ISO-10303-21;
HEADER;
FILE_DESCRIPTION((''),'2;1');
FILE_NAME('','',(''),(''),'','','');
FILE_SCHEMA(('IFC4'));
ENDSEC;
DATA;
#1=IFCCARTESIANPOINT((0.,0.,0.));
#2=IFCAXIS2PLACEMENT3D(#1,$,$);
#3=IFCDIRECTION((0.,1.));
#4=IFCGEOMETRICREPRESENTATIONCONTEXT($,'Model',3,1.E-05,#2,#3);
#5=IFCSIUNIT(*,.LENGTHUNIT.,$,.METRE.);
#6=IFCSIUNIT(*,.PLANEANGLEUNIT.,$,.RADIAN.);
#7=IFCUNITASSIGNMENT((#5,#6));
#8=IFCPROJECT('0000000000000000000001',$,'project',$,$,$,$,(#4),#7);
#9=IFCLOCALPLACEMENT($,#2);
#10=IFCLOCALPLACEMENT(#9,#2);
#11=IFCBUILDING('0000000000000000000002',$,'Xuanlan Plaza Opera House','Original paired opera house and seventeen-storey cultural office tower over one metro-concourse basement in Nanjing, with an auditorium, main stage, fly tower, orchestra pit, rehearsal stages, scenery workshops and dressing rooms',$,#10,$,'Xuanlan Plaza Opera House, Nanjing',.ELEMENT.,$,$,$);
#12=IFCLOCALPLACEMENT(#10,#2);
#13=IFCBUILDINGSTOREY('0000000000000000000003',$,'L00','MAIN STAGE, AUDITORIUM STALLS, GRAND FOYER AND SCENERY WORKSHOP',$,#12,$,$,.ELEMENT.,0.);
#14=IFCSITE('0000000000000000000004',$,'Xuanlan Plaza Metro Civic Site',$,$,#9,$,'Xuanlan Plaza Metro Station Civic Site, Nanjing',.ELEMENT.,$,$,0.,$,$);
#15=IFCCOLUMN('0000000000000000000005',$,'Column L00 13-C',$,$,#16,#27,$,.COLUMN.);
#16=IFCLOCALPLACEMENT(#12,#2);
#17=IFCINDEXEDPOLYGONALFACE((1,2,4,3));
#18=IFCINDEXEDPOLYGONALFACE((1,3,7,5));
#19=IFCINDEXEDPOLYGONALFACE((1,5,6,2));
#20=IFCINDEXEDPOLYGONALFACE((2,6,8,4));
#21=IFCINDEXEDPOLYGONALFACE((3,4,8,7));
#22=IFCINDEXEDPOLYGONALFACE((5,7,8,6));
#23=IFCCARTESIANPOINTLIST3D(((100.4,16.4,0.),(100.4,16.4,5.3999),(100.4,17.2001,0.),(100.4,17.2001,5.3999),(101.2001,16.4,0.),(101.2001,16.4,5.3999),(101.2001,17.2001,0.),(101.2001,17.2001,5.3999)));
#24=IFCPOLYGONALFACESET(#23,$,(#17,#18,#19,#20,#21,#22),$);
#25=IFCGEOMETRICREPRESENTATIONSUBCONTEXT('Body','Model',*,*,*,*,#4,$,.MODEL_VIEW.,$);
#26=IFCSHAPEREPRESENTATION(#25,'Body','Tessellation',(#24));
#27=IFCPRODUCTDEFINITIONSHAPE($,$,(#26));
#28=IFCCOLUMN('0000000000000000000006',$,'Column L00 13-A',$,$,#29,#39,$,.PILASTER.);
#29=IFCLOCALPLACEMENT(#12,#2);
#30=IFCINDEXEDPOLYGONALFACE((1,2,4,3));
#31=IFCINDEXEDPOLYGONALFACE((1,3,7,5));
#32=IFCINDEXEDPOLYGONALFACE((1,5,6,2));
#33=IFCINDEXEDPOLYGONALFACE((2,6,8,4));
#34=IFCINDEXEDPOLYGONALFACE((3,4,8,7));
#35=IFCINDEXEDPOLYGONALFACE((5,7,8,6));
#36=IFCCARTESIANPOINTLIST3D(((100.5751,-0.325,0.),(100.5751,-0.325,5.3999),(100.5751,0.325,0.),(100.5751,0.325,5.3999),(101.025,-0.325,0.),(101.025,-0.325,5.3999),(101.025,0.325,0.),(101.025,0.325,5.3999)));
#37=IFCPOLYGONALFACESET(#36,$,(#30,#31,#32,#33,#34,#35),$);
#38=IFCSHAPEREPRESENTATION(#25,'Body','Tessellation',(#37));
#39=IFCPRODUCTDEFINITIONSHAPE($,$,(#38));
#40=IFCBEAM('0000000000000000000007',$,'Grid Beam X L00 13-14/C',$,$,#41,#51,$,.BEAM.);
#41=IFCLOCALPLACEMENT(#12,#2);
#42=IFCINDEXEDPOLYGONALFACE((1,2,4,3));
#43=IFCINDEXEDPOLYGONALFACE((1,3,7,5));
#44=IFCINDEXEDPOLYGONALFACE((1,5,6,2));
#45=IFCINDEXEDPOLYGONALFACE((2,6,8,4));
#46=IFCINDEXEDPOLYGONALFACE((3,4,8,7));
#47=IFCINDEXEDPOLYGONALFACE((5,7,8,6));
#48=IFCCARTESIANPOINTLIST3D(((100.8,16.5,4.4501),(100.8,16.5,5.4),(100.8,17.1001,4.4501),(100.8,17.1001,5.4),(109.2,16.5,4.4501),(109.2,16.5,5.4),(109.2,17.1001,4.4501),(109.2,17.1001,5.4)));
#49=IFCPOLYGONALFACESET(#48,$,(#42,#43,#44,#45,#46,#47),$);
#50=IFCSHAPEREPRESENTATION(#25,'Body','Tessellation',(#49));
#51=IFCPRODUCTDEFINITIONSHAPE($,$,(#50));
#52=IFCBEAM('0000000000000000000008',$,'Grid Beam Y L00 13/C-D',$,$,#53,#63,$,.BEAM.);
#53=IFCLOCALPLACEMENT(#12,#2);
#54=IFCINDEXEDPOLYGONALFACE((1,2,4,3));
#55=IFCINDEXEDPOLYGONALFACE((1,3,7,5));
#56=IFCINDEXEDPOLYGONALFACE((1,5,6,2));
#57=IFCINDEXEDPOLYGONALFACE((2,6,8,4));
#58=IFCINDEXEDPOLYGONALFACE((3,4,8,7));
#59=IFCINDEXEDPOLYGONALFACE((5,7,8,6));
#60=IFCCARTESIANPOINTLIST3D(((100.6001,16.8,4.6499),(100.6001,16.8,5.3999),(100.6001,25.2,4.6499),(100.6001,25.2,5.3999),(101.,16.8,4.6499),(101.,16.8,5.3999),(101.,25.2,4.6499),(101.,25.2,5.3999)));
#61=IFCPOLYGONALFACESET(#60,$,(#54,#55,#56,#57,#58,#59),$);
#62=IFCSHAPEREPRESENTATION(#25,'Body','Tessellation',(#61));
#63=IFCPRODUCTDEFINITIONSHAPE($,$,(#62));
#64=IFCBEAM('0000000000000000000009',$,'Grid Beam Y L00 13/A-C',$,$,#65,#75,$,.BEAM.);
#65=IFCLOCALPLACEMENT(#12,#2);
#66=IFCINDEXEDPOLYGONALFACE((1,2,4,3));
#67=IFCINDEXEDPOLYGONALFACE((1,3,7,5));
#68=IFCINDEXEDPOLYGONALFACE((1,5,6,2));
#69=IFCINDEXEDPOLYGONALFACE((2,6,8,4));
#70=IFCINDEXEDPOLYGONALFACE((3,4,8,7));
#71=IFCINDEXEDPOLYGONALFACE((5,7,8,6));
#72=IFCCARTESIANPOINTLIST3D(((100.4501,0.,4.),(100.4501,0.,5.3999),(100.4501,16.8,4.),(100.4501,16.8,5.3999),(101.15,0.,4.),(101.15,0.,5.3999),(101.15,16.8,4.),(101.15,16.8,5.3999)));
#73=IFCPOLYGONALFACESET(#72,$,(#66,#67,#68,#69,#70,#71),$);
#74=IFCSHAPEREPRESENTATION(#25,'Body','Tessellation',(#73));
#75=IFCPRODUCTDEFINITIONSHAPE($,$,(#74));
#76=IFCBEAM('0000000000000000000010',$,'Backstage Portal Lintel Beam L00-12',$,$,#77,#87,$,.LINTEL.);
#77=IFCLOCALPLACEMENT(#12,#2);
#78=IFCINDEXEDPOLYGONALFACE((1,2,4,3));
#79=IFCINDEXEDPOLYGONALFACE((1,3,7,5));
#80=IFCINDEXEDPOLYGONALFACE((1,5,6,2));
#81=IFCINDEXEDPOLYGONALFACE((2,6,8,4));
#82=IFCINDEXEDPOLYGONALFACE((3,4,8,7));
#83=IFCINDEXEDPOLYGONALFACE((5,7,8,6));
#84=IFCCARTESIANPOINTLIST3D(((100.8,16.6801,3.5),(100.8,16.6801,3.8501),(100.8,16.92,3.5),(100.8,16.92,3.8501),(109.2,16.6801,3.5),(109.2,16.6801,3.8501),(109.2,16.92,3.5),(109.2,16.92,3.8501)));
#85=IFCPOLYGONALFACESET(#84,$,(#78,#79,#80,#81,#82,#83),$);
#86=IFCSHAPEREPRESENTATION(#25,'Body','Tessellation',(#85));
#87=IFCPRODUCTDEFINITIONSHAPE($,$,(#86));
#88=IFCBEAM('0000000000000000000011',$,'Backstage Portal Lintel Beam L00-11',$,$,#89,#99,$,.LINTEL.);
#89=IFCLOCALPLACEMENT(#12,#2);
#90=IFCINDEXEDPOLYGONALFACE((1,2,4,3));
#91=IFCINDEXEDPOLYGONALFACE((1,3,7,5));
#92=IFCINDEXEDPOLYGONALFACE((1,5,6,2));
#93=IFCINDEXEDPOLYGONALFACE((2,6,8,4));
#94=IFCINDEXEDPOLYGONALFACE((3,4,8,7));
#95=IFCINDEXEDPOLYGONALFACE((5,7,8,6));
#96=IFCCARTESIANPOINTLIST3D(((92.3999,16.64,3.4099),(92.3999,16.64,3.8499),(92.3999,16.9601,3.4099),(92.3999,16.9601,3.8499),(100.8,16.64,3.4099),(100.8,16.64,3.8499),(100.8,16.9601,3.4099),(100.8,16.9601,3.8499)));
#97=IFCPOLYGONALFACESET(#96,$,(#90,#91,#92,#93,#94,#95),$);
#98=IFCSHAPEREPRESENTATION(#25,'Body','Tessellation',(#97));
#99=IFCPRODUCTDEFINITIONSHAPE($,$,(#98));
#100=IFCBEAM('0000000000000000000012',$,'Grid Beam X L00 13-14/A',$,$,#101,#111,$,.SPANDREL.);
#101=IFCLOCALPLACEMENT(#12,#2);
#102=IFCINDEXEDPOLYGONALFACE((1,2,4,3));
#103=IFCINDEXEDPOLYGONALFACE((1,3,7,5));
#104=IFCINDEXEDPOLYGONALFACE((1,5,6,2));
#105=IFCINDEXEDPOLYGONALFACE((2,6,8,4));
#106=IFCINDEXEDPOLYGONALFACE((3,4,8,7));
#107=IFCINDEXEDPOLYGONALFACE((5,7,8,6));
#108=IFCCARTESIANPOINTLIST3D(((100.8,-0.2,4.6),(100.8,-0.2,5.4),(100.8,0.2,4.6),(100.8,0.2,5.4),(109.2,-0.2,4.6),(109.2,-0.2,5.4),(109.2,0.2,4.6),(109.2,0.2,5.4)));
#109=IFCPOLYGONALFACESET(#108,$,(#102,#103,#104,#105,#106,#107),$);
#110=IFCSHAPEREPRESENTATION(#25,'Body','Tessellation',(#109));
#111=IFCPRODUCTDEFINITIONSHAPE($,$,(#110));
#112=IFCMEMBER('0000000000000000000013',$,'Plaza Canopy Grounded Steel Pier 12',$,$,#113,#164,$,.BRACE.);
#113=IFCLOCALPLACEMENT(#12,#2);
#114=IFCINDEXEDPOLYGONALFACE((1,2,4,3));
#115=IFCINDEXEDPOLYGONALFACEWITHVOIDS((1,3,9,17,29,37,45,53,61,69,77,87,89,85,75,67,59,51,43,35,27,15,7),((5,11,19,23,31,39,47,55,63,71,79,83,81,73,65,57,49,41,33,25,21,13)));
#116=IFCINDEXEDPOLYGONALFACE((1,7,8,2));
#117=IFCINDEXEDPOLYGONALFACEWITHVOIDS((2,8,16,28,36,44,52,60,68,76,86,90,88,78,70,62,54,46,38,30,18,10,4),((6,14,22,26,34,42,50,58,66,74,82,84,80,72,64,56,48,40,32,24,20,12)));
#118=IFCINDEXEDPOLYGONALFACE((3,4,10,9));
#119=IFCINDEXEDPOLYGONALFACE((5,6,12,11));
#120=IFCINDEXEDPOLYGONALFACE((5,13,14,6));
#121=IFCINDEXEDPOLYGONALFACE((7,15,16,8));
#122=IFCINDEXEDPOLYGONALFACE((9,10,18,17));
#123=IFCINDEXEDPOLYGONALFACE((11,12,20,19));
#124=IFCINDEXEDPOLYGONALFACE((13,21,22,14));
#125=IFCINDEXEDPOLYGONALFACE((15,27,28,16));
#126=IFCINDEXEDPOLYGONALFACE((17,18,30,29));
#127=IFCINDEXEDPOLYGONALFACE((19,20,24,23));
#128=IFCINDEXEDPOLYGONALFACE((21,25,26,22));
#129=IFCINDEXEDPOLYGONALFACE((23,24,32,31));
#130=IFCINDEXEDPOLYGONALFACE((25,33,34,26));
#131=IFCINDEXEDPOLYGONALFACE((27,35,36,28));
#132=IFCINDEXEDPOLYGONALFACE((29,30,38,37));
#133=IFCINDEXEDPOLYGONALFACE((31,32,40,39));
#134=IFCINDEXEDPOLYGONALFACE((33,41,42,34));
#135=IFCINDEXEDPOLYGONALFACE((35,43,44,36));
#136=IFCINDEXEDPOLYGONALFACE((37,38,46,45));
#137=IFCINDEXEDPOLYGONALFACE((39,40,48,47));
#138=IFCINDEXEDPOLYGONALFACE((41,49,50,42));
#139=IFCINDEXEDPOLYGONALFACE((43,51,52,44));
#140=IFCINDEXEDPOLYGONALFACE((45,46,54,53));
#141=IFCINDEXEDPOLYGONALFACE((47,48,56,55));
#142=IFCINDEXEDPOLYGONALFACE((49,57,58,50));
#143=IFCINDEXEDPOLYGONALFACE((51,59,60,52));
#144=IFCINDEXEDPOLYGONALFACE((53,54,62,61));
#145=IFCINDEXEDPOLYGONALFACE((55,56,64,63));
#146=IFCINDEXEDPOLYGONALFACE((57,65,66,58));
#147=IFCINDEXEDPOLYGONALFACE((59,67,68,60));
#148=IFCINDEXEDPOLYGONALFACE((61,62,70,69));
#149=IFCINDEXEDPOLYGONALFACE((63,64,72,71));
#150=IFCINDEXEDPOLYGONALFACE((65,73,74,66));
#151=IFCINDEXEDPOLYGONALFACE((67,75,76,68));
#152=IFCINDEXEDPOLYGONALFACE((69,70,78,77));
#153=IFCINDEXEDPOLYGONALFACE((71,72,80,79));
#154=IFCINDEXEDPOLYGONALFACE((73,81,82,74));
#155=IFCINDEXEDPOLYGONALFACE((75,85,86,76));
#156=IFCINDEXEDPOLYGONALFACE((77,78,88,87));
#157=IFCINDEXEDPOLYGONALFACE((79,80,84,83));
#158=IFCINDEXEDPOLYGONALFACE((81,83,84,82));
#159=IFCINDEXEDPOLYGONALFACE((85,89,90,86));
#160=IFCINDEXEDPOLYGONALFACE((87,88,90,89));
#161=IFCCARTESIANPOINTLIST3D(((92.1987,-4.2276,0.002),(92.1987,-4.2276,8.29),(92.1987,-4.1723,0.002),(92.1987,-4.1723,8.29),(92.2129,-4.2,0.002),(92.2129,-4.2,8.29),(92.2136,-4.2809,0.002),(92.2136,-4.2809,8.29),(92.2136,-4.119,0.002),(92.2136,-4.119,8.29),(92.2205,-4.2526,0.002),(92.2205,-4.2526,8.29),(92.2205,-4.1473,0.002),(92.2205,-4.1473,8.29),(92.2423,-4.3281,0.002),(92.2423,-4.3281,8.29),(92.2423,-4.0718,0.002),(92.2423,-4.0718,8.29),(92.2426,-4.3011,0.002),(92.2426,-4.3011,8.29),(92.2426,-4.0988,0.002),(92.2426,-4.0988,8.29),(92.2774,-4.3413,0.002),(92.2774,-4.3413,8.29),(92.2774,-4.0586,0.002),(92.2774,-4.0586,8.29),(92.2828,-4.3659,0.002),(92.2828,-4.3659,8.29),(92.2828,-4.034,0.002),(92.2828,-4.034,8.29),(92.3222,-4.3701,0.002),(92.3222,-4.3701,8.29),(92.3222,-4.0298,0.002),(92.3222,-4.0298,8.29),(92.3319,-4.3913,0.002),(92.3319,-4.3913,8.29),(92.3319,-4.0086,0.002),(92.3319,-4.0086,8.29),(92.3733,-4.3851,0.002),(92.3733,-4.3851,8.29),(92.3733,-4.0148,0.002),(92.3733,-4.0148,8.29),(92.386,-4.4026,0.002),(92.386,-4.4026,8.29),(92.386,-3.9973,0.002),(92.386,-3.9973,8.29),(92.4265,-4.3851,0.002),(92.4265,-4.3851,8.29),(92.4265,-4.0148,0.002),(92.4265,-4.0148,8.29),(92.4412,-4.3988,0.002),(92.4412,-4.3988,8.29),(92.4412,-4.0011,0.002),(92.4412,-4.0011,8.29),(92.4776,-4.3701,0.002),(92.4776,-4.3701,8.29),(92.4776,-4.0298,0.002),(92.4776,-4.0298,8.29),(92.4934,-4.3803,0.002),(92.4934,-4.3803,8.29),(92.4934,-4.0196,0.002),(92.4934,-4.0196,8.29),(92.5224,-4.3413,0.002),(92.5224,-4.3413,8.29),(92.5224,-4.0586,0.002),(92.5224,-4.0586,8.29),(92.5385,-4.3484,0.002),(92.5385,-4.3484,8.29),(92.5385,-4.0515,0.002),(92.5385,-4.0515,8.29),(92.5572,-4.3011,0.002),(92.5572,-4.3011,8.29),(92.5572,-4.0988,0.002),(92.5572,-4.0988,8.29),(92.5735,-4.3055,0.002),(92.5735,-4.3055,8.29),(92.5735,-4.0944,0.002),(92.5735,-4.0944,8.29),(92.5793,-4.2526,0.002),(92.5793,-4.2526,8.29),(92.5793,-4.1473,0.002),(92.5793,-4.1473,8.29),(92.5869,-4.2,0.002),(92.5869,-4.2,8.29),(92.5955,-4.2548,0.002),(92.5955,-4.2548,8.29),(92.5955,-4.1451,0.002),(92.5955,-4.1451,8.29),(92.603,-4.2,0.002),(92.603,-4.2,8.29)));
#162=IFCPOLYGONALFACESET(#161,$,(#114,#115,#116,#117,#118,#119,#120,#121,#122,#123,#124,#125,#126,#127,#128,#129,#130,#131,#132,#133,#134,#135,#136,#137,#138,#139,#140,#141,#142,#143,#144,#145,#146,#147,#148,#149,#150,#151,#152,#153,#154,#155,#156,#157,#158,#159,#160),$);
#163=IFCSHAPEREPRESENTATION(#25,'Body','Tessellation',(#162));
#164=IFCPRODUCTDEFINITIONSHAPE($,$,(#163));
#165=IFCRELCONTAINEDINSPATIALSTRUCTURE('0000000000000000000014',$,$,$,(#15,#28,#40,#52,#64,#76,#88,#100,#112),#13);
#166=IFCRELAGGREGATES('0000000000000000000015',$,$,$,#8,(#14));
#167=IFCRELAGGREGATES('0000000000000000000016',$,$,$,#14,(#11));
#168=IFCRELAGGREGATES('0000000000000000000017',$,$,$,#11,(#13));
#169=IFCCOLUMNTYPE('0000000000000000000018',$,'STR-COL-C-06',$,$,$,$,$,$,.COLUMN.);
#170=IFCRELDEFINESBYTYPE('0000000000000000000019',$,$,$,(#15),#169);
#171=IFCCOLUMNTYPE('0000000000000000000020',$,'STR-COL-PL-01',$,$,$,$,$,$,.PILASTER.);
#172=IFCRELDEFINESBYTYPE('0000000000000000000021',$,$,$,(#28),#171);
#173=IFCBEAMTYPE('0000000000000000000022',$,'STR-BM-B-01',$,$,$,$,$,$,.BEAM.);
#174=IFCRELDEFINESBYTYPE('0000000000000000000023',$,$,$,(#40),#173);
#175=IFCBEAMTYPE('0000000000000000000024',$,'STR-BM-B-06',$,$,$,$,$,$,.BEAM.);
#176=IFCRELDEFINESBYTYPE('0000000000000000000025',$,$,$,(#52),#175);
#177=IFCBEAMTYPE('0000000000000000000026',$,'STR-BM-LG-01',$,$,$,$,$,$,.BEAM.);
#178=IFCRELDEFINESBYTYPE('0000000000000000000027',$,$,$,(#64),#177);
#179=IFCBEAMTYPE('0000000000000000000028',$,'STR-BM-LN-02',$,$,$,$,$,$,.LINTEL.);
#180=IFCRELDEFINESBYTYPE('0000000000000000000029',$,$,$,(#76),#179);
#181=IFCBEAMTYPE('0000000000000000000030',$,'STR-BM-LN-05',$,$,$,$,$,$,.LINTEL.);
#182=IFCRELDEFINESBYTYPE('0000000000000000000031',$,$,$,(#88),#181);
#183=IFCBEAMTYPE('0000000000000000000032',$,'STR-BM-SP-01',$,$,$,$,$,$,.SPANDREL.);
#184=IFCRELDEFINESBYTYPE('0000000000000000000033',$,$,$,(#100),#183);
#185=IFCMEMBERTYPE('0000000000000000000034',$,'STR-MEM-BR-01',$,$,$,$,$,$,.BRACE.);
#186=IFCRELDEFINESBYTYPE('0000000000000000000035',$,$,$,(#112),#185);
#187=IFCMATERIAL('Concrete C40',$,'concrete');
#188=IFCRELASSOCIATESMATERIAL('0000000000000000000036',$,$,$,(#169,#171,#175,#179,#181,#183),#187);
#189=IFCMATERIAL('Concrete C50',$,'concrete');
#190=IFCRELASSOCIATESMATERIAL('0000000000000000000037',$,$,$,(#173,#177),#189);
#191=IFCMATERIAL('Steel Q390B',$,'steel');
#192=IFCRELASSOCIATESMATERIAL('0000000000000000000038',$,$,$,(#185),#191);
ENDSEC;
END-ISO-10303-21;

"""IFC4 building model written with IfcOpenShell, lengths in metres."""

from ifc_helpers import new_model, si_unit, direction, frame, origin, origin_2d, place, context, subcontext, project, spatial, rectangle, hollow_circle, extrude, material, material_profile, profile_set, type_object, element, save


model = new_model("IFC4")

# Units and contexts
model_context = context("Model", 3, precision=1e-05, world=origin(), true_north=direction((0.0, 1.0)))
body_context = subcontext(model_context, "Body", "Model", "MODEL_VIEW")
ifc_project = project(units=[si_unit("LENGTHUNIT", "METRE"), si_unit("PLANEANGLEUNIT", "RADIAN")], contexts=[model_context])

# Site, building, storey
site_placement = place(None, origin())
site = spatial("IfcSite", under=ifc_project, at=site_placement, Name="Xuanlan Plaza Metro Civic Site", LongName="Xuanlan Plaza Metro Station Civic Site, Nanjing", CompositionType="ELEMENT", RefElevation=0.0)
building_placement = place(site_placement, origin())
building = spatial("IfcBuilding", under=site, at=building_placement, Name="Xuanlan Plaza Opera House", Description="Original paired opera house and seventeen-storey cultural office tower over one metro-concourse basement in Nanjing, with an auditorium, main stage, fly tower, orchestra pit, rehearsal stages, scenery workshops and dressing rooms", LongName="Xuanlan Plaza Opera House, Nanjing", CompositionType="ELEMENT")
storey_placement = place(building_placement, origin())
storey = spatial("IfcBuildingStorey", under=building, at=storey_placement, Name="L00", Description="MAIN STAGE, AUDITORIUM STALLS, GRAND FOYER AND SCENERY WORKSHOP", CompositionType="ELEMENT", Elevation=0.0)

# Columns
ifc_material_1 = material(Name="Concrete C40", Category="concrete")
ifc_material_profile_1 = material_profile(ifc_material_1, rectangle(XDim=0.8, YDim=0.8, at=origin_2d()), Name="RC-COL 800x800")
ifc_profile_set_1 = profile_set([ifc_material_profile_1], Name="Concrete C40")
column_type_1 = type_object("IfcColumnType", Name="STR-COL-C-06", PredefinedType="COLUMN", material=ifc_profile_set_1)
column_1_placement = place(storey_placement, frame((100.8, 16.8, 0.0), z_axis=(0.0, 0.0, 1.0), x_axis=(1.0, 0.0, 0.0)))
element("IfcColumn", 1, at=column_1_placement, inside=storey, type_object=column_type_1, Name="Column L00 13-C", PredefinedType="COLUMN", context=body_context, shape_type="SweptSolid", body=[
    extrude(rectangle(XDim=0.8, YDim=0.8, at=origin_2d()), origin(), (0.0, 0.0, 1.0), 5.3999),
])
ifc_material_profile_2 = material_profile(ifc_material_1, rectangle(XDim=0.45, YDim=0.6499, at=origin_2d()), Name="RC-PIL 450x650")
ifc_profile_set_2 = profile_set([ifc_material_profile_2], Name="Concrete C40")
column_type_2 = type_object("IfcColumnType", Name="STR-COL-PL-01", PredefinedType="PILASTER", material=ifc_profile_set_2)
column_2_placement = place(storey_placement, frame((100.8, 0.0, 0.0), z_axis=(0.0, 0.0, 1.0), x_axis=(1.0, 0.0, 0.0)))
element("IfcColumn", 2, at=column_2_placement, inside=storey, type_object=column_type_2, Name="Column L00 13-A", PredefinedType="PILASTER", context=body_context, shape_type="SweptSolid", body=[
    extrude(rectangle(XDim=0.45, YDim=0.6499, at=origin_2d()), origin(), (0.0, 0.0, 1.0), 5.3999),
])

# Beams
ifc_material_2 = material(Name="Concrete C50", Category="concrete")
ifc_material_profile_3 = material_profile(ifc_material_2, rectangle(XDim=0.6001, YDim=0.95, at=origin_2d()), Name="RC-BM 600x950")
ifc_profile_set_3 = profile_set([ifc_material_profile_3], Name="Concrete C50")
beam_type_1 = type_object("IfcBeamType", Name="STR-BM-B-01", PredefinedType="BEAM", material=ifc_profile_set_3)
beam_1_placement = place(storey_placement, frame((100.8, 16.8, 4.925), z_axis=(1.0, 0.0, 0.0), x_axis=(0.0, 1.0, 0.0)))
element("IfcBeam", 3, at=beam_1_placement, inside=storey, type_object=beam_type_1, Name="Grid Beam X L00 13-14/C", PredefinedType="BEAM", context=body_context, shape_type="SweptSolid", body=[
    extrude(rectangle(XDim=0.6001, YDim=0.95, at=origin_2d()), origin(), (0.0, 0.0, 1.0), 8.3999),
])
ifc_material_profile_4 = material_profile(ifc_material_1, rectangle(XDim=0.3999, YDim=0.75, at=origin_2d()), Name="RC-BM 400x750")
ifc_profile_set_4 = profile_set([ifc_material_profile_4], Name="Concrete C40")
beam_type_2 = type_object("IfcBeamType", Name="STR-BM-B-06", PredefinedType="BEAM", material=ifc_profile_set_4)
beam_2_placement = place(storey_placement, frame((100.8, 16.8, 5.0249), z_axis=(0.0, 1.0, 0.0), x_axis=(-1.0, 0.0, 0.0)))
element("IfcBeam", 4, at=beam_2_placement, inside=storey, type_object=beam_type_2, Name="Grid Beam Y L00 13/C-D", PredefinedType="BEAM", context=body_context, shape_type="SweptSolid", body=[
    extrude(rectangle(XDim=0.3999, YDim=0.75, at=origin_2d()), origin(), (0.0, 0.0, 1.0), 8.3999),
])
ifc_material_profile_5 = material_profile(ifc_material_2, rectangle(XDim=0.7, YDim=1.3999, at=origin_2d()), Name="RC-LG 700x1400")
ifc_profile_set_5 = profile_set([ifc_material_profile_5], Name="Concrete C50")
beam_type_3 = type_object("IfcBeamType", Name="STR-BM-LG-01", PredefinedType="BEAM", material=ifc_profile_set_5)
beam_3_placement = place(storey_placement, frame((100.8, 0.0, 4.7), z_axis=(0.0, 1.0, 0.0), x_axis=(-1.0, 0.0, 0.0)))
element("IfcBeam", 5, at=beam_3_placement, inside=storey, type_object=beam_type_3, Name="Grid Beam Y L00 13/A-C", PredefinedType="BEAM", context=body_context, shape_type="SweptSolid", body=[
    extrude(rectangle(XDim=0.7, YDim=1.3999, at=origin_2d()), origin(), (0.0, 0.0, 1.0), 16.8),
])
ifc_material_profile_6 = material_profile(ifc_material_1, rectangle(XDim=0.24, YDim=0.3501, at=origin_2d()), Name="RC-LNT 240x350")
ifc_profile_set_6 = profile_set([ifc_material_profile_6], Name="Concrete C40")
beam_type_4 = type_object("IfcBeamType", Name="STR-BM-LN-02", PredefinedType="LINTEL", material=ifc_profile_set_6)
beam_4_placement = place(storey_placement, frame((100.8, 16.8, 3.675), z_axis=(1.0, 0.0, 0.0), x_axis=(0.0, 1.0, 0.0)))
element("IfcBeam", 6, at=beam_4_placement, inside=storey, type_object=beam_type_4, Name="Backstage Portal Lintel Beam L00-12", PredefinedType="LINTEL", context=body_context, shape_type="SweptSolid", body=[
    extrude(rectangle(XDim=0.24, YDim=0.3501, at=origin_2d()), origin(), (0.0, 0.0, 1.0), 8.3999),
])
ifc_material_profile_7 = material_profile(ifc_material_1, rectangle(XDim=0.3201, YDim=0.4399, at=origin_2d()), Name="RC-LNT 320x440")
ifc_profile_set_7 = profile_set([ifc_material_profile_7], Name="Concrete C40")
beam_type_5 = type_object("IfcBeamType", Name="STR-BM-LN-05", PredefinedType="LINTEL", material=ifc_profile_set_7)
beam_5_placement = place(storey_placement, frame((92.3999, 16.8, 3.6299), z_axis=(1.0, 0.0, 0.0), x_axis=(0.0, 1.0, 0.0)))
element("IfcBeam", 7, at=beam_5_placement, inside=storey, type_object=beam_type_5, Name="Backstage Portal Lintel Beam L00-11", PredefinedType="LINTEL", context=body_context, shape_type="SweptSolid", body=[
    extrude(rectangle(XDim=0.3201, YDim=0.4399, at=origin_2d()), origin(), (0.0, 0.0, 1.0), 8.4001),
])
ifc_material_profile_8 = material_profile(ifc_material_1, rectangle(XDim=0.3999, YDim=0.8, at=origin_2d()), Name="RC-SPD 400x800")
ifc_profile_set_8 = profile_set([ifc_material_profile_8], Name="Concrete C40")
beam_type_6 = type_object("IfcBeamType", Name="STR-BM-SP-01", PredefinedType="SPANDREL", material=ifc_profile_set_8)
beam_6_placement = place(storey_placement, frame((100.8, 0.0, 5.0), z_axis=(1.0, 0.0, 0.0), x_axis=(0.0, 1.0, 0.0)))
element("IfcBeam", 8, at=beam_6_placement, inside=storey, type_object=beam_type_6, Name="Grid Beam X L00 13-14/A", PredefinedType="SPANDREL", context=body_context, shape_type="SweptSolid", body=[
    extrude(rectangle(XDim=0.3999, YDim=0.8, at=origin_2d()), origin(), (0.0, 0.0, 1.0), 8.3999),
])

# Member
ifc_material_3 = material(Name="Steel Q390B", Category="steel")
ifc_material_profile_9 = material_profile(ifc_material_3, hollow_circle(Radius=0.2031, WallThickness=0.0161, at=origin_2d()), Name="CHS 406.4x16")
ifc_profile_set_9 = profile_set([ifc_material_profile_9], Name="Steel Q390B")
member_type_1 = type_object("IfcMemberType", Name="STR-MEM-BR-01", PredefinedType="BRACE", material=ifc_profile_set_9)
member_1_placement = place(storey_placement, frame((92.3999, -4.2, 0.002), z_axis=(0.0, 0.0, 1.0), x_axis=(1.0, 0.0, 0.0)))
element("IfcMember", 9, at=member_1_placement, inside=storey, type_object=member_type_1, Name="Plaza Canopy Grounded Steel Pier 12", PredefinedType="BRACE", context=body_context, shape_type="SweptSolid", body=[
    extrude(hollow_circle(Radius=0.2031, WallThickness=0.0161, at=origin_2d()), origin(), (0.0, 0.0, 1.0), 8.2881),
])

save(model, "model.ifc")
